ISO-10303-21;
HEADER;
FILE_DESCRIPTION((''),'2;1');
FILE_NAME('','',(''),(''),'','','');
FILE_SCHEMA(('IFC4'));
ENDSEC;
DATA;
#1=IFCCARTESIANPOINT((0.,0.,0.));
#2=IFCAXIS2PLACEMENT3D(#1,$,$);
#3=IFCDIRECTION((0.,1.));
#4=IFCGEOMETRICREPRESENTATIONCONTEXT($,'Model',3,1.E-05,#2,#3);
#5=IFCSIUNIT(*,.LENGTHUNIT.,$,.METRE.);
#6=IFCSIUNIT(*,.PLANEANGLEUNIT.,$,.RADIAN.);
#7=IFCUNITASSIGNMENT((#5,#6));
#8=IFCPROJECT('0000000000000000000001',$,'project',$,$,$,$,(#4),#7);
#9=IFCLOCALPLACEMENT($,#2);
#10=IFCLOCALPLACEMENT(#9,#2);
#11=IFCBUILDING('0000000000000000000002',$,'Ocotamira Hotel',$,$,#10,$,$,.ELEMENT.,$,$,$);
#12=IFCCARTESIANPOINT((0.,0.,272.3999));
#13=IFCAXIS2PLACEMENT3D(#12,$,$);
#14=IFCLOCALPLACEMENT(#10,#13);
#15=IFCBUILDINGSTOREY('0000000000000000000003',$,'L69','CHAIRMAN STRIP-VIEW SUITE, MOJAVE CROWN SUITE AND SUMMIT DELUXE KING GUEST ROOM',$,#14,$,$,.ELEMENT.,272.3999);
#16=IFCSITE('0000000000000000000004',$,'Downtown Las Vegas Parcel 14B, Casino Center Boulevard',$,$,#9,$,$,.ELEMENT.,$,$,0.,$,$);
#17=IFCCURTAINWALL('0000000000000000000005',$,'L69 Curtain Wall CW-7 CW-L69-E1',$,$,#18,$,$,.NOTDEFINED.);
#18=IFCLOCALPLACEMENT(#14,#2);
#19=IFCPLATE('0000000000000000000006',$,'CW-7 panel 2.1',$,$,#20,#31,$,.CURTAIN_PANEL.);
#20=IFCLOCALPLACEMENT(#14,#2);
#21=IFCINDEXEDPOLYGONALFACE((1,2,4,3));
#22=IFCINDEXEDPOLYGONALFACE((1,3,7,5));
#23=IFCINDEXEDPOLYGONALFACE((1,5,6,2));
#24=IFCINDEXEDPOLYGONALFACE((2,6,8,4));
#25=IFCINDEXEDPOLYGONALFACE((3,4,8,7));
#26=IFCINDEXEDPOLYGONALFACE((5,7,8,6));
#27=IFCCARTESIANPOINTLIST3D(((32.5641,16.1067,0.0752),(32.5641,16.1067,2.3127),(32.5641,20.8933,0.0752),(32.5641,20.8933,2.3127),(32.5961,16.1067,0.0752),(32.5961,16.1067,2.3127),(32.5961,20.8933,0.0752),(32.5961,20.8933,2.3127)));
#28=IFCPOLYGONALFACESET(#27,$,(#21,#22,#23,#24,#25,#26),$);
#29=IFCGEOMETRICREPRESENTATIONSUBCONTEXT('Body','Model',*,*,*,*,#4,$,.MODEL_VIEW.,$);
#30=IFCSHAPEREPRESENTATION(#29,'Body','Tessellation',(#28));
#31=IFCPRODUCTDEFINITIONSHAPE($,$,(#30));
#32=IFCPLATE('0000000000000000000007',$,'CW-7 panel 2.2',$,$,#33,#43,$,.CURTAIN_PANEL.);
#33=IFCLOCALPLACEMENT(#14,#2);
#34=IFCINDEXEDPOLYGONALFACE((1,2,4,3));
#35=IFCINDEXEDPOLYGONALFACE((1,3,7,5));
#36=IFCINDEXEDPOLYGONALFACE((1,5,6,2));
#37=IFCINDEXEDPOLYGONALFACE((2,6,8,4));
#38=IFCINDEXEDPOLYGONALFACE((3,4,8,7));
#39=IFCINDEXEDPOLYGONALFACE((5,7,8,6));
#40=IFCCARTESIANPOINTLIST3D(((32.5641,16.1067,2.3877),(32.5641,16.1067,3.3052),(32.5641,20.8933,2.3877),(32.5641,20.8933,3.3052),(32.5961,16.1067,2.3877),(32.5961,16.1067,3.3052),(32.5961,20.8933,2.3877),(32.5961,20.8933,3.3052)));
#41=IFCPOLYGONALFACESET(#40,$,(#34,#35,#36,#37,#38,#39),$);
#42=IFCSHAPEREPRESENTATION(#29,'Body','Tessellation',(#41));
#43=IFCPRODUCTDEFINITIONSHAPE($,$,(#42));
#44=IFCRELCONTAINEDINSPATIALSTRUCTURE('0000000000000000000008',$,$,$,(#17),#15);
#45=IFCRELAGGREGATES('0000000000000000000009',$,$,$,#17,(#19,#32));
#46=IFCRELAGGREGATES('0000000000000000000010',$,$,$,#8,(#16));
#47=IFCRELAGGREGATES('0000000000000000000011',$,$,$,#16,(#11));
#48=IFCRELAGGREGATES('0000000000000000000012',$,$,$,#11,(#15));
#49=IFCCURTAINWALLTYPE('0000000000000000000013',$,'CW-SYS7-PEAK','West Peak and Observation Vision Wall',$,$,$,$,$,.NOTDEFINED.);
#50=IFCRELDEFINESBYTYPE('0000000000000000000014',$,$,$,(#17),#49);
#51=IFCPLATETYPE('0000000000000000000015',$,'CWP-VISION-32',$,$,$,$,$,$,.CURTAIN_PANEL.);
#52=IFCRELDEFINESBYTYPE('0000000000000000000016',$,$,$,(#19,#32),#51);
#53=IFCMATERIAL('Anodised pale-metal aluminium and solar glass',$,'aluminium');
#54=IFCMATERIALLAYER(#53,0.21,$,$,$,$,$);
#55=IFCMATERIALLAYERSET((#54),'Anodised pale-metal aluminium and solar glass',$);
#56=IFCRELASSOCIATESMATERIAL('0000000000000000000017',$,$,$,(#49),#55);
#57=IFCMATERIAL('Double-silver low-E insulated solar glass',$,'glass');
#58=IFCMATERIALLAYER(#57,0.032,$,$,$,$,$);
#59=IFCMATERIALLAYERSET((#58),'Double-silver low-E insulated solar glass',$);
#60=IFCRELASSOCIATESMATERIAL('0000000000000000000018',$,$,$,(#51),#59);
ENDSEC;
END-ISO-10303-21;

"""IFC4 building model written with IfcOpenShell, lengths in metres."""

from ifc_helpers import new_model, si_unit, direction, frame, origin, origin_2d, place, context, subcontext, project, spatial, rectangle, extrude, source, transform, mapped, material, layer, layer_set, type_object, element, aggregate, save


model = new_model("IFC4")

# Units and contexts
model_context = context("Model", 3, precision=1e-05, world=origin(), true_north=direction((0.0, 1.0)))
body_context = subcontext(model_context, "Body", "Model", "MODEL_VIEW")
ifc_project = project(units=[si_unit("LENGTHUNIT", "METRE"), si_unit("PLANEANGLEUNIT", "RADIAN")], contexts=[model_context])

# Site, building, storey
site_placement = place(None, origin())
site = spatial("IfcSite", under=ifc_project, at=site_placement, Name="Downtown Las Vegas Parcel 14B, Casino Center Boulevard", CompositionType="ELEMENT", RefElevation=0.0)
building_placement = place(site_placement, origin())
building = spatial("IfcBuilding", under=site, at=building_placement, Name="Ocotamira Hotel", CompositionType="ELEMENT")
storey_placement = place(building_placement, frame((0.0, 0.0, 272.3999)))
storey = spatial("IfcBuildingStorey", under=building, at=storey_placement, Name="L69", Description="CHAIRMAN STRIP-VIEW SUITE, MOJAVE CROWN SUITE AND SUMMIT DELUXE KING GUEST ROOM", CompositionType="ELEMENT", Elevation=272.3999)

# Curtain wall, plates
ifc_material_1 = material(Name="Anodised pale-metal aluminium and solar glass", Category="aluminium")
ifc_layer_1 = layer(ifc_material_1, 0.21)
ifc_layer_set_1 = layer_set([ifc_layer_1], Name="Anodised pale-metal aluminium and solar glass")
curtain_wall_type = type_object("IfcCurtainWallType", Name="CW-SYS7-PEAK", Description="West Peak and Observation Vision Wall", PredefinedType="NOTDEFINED", material=ifc_layer_set_1)
curtain_wall_placement = place(storey_placement, origin())
curtain_wall = element("IfcCurtainWall", 1, at=curtain_wall_placement, inside=storey, type_object=curtain_wall_type, Name="L69 Curtain Wall CW-7 CW-L69-E1", PredefinedType="NOTDEFINED")
ifc_material_2 = material(Name="Double-silver low-E insulated solar glass", Category="glass")
ifc_layer_2 = layer(ifc_material_2, 0.032)
ifc_layer_set_2 = layer_set([ifc_layer_2], Name="Double-silver low-E insulated solar glass")
plate_type = type_object("IfcPlateType", Name="CWP-VISION-32", PredefinedType="CURTAIN_PANEL", material=ifc_layer_set_2)
shared_shape_1 = source(origin(), body_context, "Body", "SweptSolid", [
    extrude(rectangle(XDim=4.7866, YDim=0.032, at=origin_2d()), origin(), (0.0, 0.0, 1.0), 2.2375),
])
plate_1_placement = place(storey_placement, frame((32.5801, 18.5, 0.0752), z_axis=(0.0, 0.0, 1.0), x_axis=(0.0, 1.0, 0.0)))
plate_1 = element("IfcPlate", 2, at=plate_1_placement, type_object=plate_type, Name="CW-7 panel 2.1", PredefinedType="CURTAIN_PANEL", context=body_context, shape_type="MappedRepresentation", body=[
    mapped(shared_shape_1, transform((0.0, 0.0, 0.0), scale=1.0)),
])
shared_shape_2 = source(origin(), body_context, "Body", "SweptSolid", [
    extrude(rectangle(XDim=4.7866, YDim=0.032, at=origin_2d()), origin(), (0.0, 0.0, 1.0), 0.9175),
])
plate_2_placement = place(storey_placement, frame((32.5801, 18.5, 2.3877), z_axis=(0.0, 0.0, 1.0), x_axis=(0.0, 1.0, 0.0)))
plate_2 = element("IfcPlate", 3, at=plate_2_placement, type_object=plate_type, Name="CW-7 panel 2.2", PredefinedType="CURTAIN_PANEL", context=body_context, shape_type="MappedRepresentation", body=[
    mapped(shared_shape_2, transform((0.0, 0.0, 0.0), scale=1.0)),
])
aggregate(curtain_wall, [plate_1, plate_2])

save(model, "model.ifc")
